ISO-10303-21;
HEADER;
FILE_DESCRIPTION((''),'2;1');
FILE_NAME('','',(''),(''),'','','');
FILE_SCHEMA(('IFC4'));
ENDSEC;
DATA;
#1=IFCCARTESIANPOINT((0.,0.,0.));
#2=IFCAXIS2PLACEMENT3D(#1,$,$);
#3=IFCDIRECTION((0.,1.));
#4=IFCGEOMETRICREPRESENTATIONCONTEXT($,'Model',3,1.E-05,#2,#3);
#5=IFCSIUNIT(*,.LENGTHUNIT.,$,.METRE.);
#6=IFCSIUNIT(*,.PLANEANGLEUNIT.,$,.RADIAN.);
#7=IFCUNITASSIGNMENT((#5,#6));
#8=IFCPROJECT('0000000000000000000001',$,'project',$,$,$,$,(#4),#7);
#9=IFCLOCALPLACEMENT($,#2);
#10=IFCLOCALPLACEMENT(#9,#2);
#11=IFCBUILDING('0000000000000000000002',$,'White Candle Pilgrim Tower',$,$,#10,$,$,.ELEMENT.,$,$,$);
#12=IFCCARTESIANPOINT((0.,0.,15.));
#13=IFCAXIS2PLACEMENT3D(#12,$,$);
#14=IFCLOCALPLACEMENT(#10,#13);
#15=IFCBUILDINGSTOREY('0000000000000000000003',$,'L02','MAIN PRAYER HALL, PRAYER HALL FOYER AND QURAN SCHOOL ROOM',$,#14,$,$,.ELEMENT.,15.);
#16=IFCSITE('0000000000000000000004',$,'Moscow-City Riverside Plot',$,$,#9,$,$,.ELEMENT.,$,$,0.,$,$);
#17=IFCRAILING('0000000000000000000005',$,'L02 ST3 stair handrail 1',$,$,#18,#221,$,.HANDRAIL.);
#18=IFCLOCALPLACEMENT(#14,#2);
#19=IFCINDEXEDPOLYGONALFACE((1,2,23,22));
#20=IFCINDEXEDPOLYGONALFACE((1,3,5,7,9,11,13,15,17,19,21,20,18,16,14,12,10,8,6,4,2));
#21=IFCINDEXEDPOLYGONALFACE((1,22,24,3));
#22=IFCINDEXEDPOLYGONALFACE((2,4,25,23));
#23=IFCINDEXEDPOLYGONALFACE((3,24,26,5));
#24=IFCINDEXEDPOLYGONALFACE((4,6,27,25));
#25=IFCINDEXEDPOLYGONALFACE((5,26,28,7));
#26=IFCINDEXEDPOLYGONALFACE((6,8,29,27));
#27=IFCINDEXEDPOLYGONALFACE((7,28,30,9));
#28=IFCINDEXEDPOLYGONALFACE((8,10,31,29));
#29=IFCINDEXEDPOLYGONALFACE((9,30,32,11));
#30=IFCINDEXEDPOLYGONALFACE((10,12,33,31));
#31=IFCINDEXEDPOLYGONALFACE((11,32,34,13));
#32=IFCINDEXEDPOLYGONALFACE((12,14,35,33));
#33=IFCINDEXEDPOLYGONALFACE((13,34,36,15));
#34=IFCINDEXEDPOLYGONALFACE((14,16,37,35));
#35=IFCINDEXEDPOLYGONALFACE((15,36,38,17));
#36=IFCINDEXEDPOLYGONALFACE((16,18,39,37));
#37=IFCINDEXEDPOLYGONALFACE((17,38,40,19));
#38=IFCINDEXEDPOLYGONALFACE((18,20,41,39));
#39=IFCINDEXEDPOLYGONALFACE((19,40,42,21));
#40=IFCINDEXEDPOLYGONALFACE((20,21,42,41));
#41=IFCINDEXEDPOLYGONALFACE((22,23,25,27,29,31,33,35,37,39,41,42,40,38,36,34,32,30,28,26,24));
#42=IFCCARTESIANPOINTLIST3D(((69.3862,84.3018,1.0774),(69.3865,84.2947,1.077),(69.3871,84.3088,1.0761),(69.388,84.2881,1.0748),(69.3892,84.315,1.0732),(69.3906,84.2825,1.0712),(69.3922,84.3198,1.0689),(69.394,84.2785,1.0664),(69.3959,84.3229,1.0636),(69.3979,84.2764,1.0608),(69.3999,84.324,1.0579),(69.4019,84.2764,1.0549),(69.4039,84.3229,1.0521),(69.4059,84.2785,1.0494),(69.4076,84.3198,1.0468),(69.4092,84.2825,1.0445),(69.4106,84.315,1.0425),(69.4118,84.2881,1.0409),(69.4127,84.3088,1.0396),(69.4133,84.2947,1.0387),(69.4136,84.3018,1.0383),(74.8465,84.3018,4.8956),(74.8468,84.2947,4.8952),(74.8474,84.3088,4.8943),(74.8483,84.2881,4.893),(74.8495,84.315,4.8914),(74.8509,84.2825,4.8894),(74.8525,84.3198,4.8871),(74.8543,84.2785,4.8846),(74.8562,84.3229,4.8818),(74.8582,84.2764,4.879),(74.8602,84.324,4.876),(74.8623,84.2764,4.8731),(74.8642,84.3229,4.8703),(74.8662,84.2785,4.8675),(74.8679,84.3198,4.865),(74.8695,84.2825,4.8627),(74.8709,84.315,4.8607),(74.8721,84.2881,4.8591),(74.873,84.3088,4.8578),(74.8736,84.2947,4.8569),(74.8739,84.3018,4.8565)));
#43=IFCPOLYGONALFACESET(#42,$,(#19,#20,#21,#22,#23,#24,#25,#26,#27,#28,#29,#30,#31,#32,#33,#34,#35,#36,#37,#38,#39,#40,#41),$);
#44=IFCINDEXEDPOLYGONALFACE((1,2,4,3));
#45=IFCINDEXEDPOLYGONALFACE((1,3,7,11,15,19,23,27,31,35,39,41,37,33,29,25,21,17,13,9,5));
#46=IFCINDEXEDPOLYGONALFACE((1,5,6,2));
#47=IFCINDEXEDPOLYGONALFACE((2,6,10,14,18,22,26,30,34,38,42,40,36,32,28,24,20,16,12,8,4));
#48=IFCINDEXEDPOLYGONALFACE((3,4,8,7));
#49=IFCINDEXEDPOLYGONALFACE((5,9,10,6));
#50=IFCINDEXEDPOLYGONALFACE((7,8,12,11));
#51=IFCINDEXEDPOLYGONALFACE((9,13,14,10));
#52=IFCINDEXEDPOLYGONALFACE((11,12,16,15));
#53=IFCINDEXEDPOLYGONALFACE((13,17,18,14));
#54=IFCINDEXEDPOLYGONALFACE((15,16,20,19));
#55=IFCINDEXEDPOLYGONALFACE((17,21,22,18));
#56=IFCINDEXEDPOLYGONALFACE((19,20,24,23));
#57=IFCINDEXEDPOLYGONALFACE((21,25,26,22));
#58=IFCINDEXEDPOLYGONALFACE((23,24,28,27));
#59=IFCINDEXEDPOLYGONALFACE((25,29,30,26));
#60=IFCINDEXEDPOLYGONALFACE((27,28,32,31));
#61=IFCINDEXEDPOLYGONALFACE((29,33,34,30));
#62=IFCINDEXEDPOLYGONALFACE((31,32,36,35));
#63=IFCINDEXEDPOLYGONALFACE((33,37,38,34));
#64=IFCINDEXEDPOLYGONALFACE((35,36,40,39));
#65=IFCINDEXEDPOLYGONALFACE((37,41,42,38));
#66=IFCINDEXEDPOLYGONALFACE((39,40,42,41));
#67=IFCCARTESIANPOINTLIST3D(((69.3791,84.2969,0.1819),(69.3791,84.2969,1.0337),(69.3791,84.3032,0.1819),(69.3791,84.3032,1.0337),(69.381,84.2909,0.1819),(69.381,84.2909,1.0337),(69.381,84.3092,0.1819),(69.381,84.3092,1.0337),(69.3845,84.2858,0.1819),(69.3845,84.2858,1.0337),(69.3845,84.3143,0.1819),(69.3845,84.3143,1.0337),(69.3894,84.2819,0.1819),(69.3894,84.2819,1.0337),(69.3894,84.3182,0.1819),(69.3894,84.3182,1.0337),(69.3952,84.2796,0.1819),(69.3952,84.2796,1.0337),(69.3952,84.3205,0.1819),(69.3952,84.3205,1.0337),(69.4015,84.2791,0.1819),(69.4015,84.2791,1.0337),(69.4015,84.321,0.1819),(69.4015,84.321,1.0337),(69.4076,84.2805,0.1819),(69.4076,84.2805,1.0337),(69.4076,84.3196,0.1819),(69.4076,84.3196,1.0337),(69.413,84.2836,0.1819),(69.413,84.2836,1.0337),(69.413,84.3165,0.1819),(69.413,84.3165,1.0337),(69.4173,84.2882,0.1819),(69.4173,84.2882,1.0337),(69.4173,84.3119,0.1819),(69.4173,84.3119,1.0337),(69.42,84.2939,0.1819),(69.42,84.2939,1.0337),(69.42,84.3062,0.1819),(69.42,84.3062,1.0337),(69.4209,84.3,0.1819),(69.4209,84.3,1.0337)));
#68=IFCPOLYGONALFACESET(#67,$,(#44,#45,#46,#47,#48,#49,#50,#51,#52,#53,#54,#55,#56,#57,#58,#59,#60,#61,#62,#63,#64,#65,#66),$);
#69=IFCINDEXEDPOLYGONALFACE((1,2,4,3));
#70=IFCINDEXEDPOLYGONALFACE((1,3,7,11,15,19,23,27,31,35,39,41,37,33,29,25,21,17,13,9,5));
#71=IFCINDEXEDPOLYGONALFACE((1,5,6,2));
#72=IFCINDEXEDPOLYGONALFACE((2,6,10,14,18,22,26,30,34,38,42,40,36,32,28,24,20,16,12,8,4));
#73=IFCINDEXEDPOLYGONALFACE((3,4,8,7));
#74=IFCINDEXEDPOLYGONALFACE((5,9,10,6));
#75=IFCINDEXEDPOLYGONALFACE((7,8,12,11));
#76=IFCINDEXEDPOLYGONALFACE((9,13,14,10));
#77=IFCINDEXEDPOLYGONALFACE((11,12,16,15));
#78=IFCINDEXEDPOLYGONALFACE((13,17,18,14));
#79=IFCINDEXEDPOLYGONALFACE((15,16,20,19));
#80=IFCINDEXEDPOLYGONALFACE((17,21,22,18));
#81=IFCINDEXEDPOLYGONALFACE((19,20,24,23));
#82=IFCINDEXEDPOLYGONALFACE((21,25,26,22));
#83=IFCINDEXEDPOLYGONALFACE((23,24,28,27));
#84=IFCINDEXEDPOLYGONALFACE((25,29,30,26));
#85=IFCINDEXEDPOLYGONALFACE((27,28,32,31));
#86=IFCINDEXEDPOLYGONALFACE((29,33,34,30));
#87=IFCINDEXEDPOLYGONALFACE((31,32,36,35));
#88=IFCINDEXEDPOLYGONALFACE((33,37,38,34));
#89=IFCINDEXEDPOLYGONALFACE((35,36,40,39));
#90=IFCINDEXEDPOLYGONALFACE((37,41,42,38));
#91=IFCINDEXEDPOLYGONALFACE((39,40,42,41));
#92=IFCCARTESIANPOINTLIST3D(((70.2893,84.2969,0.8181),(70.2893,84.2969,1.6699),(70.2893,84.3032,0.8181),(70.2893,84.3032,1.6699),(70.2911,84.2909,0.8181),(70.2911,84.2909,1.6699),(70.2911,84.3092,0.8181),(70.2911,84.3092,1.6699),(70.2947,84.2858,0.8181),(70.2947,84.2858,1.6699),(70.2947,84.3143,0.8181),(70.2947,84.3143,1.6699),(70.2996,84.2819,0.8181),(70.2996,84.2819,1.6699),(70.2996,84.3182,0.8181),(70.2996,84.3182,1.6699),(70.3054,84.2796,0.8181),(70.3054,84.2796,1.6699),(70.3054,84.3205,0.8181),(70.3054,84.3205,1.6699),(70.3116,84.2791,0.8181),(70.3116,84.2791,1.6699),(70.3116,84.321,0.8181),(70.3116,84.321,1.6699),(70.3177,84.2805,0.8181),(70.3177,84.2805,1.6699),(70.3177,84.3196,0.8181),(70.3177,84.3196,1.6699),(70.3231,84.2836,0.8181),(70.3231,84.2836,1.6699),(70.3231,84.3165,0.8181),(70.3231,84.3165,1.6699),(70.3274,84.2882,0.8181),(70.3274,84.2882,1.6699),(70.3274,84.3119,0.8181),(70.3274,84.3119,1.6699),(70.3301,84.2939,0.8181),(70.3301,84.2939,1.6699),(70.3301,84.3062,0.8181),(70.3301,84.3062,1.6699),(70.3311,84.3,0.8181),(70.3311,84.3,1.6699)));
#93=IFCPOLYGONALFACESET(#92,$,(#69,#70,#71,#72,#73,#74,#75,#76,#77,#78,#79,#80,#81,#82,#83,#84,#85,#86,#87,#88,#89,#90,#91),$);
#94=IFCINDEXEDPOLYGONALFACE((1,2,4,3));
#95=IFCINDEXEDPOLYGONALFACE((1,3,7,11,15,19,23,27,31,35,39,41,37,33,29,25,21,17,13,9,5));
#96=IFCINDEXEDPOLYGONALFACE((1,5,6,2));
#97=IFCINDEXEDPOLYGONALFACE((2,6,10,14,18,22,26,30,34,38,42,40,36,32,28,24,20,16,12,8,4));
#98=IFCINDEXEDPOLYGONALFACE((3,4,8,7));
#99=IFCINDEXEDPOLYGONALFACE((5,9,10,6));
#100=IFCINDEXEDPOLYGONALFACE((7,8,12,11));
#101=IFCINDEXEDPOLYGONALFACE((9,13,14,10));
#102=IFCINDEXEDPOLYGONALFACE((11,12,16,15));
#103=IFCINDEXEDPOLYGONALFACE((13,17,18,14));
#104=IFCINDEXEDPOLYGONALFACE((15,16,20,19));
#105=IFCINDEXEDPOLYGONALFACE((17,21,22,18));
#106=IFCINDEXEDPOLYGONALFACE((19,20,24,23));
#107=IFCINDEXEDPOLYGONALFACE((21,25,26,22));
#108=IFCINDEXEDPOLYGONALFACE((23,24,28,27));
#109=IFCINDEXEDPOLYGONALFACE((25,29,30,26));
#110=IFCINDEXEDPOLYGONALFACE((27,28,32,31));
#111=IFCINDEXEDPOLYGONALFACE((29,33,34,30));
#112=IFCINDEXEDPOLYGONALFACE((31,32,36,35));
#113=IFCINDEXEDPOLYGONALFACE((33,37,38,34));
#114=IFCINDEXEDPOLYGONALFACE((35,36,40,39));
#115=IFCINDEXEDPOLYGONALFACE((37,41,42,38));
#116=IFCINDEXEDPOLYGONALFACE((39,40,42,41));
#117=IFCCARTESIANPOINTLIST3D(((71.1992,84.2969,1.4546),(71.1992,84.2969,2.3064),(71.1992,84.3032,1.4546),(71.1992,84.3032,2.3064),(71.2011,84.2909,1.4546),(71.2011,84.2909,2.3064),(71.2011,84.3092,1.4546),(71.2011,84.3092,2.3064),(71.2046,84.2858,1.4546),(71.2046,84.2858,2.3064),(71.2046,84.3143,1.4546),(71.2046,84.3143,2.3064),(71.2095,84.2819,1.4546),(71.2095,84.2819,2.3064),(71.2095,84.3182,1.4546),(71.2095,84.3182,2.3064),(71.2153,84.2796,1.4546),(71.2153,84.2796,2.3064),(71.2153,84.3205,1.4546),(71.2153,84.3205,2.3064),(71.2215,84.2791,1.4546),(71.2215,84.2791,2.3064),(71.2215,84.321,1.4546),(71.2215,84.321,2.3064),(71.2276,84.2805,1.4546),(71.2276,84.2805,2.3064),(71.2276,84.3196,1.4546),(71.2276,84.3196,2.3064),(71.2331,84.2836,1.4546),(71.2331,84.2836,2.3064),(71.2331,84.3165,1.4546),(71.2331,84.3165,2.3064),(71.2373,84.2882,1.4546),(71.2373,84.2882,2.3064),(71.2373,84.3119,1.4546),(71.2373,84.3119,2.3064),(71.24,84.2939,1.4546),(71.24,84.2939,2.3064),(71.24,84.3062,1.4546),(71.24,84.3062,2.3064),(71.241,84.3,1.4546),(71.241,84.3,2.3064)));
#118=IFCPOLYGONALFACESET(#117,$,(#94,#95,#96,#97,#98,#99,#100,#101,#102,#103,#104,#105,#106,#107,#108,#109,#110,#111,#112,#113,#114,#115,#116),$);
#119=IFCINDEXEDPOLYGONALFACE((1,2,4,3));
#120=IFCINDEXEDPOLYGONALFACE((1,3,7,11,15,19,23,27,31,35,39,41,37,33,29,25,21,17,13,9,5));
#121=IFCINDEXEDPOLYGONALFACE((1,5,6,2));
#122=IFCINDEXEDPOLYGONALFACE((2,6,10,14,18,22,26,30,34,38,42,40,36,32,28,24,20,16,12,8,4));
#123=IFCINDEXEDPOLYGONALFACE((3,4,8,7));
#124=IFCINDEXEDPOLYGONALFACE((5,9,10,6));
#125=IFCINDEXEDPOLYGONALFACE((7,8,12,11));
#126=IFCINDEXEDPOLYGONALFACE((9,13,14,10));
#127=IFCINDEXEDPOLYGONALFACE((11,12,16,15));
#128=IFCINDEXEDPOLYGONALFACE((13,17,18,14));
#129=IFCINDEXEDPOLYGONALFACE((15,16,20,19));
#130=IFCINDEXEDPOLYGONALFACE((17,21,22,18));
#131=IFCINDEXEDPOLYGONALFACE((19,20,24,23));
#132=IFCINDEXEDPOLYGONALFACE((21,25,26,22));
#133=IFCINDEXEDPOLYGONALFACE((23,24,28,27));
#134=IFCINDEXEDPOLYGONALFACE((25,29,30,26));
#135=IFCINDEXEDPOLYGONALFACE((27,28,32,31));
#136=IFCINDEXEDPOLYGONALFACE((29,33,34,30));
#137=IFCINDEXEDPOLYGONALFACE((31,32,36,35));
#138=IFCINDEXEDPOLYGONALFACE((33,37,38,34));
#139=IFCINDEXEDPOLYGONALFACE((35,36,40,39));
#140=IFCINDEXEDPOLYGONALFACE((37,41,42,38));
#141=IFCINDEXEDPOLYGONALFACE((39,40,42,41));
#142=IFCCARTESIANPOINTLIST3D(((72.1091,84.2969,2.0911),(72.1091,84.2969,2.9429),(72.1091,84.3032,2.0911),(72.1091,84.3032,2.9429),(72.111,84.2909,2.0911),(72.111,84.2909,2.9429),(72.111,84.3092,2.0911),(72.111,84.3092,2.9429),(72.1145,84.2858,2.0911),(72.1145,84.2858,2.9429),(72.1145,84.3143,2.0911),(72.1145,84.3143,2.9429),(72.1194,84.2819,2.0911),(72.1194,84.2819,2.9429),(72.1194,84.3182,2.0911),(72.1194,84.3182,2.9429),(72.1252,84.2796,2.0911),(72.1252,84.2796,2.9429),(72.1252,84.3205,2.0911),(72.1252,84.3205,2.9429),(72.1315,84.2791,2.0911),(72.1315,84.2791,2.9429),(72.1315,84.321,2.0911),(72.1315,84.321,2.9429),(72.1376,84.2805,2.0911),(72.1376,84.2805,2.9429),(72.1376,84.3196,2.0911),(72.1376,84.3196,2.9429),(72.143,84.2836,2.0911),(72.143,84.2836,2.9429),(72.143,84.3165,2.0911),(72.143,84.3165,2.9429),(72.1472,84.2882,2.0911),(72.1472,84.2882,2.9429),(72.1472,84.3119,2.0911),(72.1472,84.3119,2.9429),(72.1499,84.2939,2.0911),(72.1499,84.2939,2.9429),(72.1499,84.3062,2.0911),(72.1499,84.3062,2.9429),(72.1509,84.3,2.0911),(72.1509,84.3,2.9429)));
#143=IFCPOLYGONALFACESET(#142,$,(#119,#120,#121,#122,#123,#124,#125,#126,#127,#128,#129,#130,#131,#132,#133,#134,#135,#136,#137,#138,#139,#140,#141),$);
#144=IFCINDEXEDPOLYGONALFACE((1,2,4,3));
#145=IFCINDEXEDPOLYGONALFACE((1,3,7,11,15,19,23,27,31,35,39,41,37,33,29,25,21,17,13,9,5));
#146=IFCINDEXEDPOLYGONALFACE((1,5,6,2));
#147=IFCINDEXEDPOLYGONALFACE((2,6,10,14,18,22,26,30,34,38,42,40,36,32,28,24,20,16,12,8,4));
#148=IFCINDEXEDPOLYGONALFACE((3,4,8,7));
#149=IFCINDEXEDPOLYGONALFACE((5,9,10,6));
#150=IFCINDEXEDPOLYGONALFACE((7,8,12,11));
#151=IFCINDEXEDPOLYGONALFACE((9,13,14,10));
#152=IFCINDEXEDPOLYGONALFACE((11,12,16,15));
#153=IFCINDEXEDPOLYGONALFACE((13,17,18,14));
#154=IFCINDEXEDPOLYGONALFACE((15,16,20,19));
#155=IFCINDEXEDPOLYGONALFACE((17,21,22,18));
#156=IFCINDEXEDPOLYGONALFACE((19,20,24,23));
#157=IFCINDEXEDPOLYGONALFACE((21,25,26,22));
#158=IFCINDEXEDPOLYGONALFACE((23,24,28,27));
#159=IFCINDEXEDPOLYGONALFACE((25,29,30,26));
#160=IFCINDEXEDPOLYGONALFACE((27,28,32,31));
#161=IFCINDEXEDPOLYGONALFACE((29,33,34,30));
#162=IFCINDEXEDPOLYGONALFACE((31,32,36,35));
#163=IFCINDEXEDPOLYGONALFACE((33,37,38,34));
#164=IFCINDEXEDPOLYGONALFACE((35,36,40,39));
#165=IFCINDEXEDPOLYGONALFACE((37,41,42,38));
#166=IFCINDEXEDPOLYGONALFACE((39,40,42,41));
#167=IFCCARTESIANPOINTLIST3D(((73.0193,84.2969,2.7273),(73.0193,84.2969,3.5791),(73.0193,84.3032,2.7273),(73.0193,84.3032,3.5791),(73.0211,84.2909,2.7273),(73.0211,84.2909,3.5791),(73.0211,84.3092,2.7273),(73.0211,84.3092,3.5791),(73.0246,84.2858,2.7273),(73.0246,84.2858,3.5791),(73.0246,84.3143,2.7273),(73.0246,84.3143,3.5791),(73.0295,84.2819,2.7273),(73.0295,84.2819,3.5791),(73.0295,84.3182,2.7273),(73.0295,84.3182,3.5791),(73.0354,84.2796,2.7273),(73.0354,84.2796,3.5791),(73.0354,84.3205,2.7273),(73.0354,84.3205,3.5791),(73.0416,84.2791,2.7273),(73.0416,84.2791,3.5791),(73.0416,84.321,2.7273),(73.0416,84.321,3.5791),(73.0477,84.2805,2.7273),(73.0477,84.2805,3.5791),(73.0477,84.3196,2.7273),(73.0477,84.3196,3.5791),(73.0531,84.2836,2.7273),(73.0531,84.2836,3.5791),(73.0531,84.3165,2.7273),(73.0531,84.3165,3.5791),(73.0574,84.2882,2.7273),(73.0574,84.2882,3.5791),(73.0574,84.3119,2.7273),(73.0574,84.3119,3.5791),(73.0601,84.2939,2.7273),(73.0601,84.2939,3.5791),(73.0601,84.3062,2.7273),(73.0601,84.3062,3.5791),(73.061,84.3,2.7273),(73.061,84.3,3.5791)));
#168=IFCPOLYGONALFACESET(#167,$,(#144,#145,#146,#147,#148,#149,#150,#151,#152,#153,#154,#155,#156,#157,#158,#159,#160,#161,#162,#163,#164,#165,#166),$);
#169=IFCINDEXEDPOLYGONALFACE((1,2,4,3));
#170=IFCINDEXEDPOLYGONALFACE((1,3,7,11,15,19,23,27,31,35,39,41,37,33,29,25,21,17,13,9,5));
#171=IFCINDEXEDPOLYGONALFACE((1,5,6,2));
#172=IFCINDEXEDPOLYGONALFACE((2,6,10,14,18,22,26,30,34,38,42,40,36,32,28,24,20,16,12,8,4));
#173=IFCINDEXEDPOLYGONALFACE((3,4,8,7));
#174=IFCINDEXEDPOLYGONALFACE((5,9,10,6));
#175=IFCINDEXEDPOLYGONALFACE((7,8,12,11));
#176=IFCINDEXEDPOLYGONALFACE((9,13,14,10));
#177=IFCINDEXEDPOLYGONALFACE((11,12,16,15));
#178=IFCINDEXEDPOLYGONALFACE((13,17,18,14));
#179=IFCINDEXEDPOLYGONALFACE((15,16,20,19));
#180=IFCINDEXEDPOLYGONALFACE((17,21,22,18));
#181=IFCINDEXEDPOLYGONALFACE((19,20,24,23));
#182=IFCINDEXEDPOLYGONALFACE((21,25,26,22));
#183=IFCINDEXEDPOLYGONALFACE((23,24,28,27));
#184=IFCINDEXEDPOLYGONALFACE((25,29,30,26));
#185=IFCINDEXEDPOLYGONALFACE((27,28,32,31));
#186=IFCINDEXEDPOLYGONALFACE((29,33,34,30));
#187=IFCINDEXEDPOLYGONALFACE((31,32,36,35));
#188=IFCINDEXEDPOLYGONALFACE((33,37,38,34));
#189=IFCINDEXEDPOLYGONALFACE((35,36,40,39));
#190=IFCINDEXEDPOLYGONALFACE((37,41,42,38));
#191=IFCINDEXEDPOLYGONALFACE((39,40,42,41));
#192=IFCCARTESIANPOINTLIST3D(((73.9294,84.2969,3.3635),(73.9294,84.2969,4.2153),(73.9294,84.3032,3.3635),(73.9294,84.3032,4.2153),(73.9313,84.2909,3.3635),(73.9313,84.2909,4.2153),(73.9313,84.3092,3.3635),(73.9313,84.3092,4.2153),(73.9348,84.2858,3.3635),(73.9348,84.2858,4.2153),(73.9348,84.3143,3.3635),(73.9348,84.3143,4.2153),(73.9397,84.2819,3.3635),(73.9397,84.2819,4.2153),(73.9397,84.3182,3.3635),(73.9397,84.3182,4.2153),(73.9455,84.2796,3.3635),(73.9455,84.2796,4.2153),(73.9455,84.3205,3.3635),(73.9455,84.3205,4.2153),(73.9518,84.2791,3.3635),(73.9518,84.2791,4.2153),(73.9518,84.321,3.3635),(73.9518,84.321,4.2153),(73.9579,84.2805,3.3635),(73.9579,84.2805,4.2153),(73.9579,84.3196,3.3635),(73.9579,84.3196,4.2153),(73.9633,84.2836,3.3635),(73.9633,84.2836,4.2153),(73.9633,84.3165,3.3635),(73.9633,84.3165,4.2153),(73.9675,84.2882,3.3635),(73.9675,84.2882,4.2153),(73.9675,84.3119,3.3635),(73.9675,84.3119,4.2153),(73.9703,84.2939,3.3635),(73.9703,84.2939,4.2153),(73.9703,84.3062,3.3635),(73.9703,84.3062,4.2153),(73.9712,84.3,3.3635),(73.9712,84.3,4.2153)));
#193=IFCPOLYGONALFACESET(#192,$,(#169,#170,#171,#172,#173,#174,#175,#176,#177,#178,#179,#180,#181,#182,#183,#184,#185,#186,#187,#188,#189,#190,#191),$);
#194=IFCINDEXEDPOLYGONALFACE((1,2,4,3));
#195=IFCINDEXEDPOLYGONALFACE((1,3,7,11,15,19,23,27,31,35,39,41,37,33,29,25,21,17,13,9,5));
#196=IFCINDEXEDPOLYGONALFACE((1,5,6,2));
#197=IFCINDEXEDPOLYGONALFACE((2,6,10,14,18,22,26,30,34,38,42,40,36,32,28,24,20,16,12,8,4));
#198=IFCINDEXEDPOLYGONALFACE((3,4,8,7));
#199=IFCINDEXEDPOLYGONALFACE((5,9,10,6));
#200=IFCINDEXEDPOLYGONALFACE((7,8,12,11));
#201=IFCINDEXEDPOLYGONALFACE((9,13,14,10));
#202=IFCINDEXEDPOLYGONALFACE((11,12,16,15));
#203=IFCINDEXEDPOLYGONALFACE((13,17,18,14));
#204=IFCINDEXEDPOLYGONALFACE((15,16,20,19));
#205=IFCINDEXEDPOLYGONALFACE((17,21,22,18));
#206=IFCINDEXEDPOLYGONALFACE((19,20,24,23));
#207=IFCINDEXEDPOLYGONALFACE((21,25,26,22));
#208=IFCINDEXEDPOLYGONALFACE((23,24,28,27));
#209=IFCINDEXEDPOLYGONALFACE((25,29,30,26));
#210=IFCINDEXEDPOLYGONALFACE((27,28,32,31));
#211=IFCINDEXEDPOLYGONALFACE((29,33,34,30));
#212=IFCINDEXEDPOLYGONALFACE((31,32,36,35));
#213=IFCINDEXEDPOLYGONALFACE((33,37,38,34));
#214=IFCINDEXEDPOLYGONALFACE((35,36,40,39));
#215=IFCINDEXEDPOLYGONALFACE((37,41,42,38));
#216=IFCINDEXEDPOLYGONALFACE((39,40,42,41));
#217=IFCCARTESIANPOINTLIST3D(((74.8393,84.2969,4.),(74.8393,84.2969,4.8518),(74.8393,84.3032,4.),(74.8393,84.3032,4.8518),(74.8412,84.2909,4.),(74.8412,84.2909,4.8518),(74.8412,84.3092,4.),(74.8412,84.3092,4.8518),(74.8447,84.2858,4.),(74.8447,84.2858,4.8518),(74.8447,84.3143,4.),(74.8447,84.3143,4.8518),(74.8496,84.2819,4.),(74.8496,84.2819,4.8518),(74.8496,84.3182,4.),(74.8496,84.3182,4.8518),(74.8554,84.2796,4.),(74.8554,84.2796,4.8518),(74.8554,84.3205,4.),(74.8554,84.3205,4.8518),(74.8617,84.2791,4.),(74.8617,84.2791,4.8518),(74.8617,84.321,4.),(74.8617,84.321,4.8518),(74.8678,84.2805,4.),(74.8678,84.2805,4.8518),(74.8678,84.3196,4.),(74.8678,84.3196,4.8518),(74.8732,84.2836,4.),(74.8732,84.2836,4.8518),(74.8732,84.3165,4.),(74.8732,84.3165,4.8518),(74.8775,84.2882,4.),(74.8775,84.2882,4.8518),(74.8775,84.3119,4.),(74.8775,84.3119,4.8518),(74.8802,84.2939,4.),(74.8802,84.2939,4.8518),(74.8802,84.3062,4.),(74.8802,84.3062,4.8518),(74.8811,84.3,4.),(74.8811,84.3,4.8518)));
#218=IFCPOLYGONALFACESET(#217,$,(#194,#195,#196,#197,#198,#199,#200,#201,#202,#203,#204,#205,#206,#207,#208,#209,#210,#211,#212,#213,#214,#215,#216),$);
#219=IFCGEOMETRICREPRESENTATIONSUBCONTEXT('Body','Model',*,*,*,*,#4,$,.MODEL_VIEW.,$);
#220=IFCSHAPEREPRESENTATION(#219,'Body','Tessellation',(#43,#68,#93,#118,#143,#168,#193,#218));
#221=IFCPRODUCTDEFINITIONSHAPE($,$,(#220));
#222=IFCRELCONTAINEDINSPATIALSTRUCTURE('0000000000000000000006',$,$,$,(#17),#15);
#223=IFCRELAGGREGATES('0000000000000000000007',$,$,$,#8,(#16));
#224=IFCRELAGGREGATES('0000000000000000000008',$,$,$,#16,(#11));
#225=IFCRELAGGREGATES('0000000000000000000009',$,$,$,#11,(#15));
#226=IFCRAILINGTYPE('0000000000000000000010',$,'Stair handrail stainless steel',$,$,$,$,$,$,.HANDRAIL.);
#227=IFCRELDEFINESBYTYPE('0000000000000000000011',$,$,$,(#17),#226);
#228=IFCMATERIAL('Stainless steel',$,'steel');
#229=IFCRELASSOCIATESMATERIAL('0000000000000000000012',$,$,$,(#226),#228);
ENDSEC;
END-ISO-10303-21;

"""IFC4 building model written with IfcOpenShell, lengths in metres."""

from ifc_helpers import new_model, si_unit, direction, frame, origin, origin_2d, place, context, subcontext, project, spatial, circle, extrude, material, type_object, element, save


model = new_model("IFC4")

# Units and contexts
model_context = context("Model", 3, precision=1e-05, world=origin(), true_north=direction((0.0, 1.0)))
body_context = subcontext(model_context, "Body", "Model", "MODEL_VIEW")
ifc_project = project(units=[si_unit("LENGTHUNIT", "METRE"), si_unit("PLANEANGLEUNIT", "RADIAN")], contexts=[model_context])

# Site, building, storey
site_placement = place(None, origin())
site = spatial("IfcSite", under=ifc_project, at=site_placement, Name="Moscow-City Riverside Plot", CompositionType="ELEMENT", RefElevation=0.0)
building_placement = place(site_placement, origin())
building = spatial("IfcBuilding", under=site, at=building_placement, Name="White Candle Pilgrim Tower", CompositionType="ELEMENT")
storey_placement = place(building_placement, frame((0.0, 0.0, 15.0)))
storey = spatial("IfcBuildingStorey", under=building, at=storey_placement, Name="L02", Description="MAIN PRAYER HALL, PRAYER HALL FOYER AND QURAN SCHOOL ROOM", CompositionType="ELEMENT", Elevation=15.0)

# Railing
ifc_material_1 = material(Name="Stainless steel", Category="steel")
railing_type_1 = type_object("IfcRailingType", Name="Stair handrail stainless steel", PredefinedType="HANDRAIL", material=ifc_material_1)
railing_1_placement = place(storey_placement, frame((69.3999, 84.3, 0.1819)))
element("IfcRailing", 1, at=railing_1_placement, inside=storey, type_object=railing_type_1, Name="L02 ST3 stair handrail 1", PredefinedType="HANDRAIL", context=body_context, shape_type="SweptSolid", body=[
    extrude(circle(Radius=0.0239, at=origin_2d()), frame((0.0, 0.0, 0.876), z_axis=(0.819516, 0.0, 0.573056), x_axis=(0.0, 1.0, 0.0)), (0.0, 0.0, 1.0), 6.6628),
    extrude(circle(Radius=0.021, at=origin_2d()), origin(), (0.0, 0.0, 1.0), 0.8518),
    extrude(circle(Radius=0.021, at=origin_2d()), frame((0.9102, 0.0, 0.6362)), (0.0, 0.0, 1.0), 0.8518),
    extrude(circle(Radius=0.021, at=origin_2d()), frame((1.8201, 0.0, 1.2727)), (0.0, 0.0, 1.0), 0.8518),
    extrude(circle(Radius=0.021, at=origin_2d()), frame((2.73, 0.0, 1.9092)), (0.0, 0.0, 1.0), 0.8518),
    extrude(circle(Radius=0.021, at=origin_2d()), frame((3.6401, 0.0, 2.5454)), (0.0, 0.0, 1.0), 0.8518),
    extrude(circle(Radius=0.021, at=origin_2d()), frame((4.5503, 0.0, 3.1816)), (0.0, 0.0, 1.0), 0.8518),
    extrude(circle(Radius=0.021, at=origin_2d()), frame((5.4602, 0.0, 3.8181)), (0.0, 0.0, 1.0), 0.8518),
])

save(model, "model.ifc")
